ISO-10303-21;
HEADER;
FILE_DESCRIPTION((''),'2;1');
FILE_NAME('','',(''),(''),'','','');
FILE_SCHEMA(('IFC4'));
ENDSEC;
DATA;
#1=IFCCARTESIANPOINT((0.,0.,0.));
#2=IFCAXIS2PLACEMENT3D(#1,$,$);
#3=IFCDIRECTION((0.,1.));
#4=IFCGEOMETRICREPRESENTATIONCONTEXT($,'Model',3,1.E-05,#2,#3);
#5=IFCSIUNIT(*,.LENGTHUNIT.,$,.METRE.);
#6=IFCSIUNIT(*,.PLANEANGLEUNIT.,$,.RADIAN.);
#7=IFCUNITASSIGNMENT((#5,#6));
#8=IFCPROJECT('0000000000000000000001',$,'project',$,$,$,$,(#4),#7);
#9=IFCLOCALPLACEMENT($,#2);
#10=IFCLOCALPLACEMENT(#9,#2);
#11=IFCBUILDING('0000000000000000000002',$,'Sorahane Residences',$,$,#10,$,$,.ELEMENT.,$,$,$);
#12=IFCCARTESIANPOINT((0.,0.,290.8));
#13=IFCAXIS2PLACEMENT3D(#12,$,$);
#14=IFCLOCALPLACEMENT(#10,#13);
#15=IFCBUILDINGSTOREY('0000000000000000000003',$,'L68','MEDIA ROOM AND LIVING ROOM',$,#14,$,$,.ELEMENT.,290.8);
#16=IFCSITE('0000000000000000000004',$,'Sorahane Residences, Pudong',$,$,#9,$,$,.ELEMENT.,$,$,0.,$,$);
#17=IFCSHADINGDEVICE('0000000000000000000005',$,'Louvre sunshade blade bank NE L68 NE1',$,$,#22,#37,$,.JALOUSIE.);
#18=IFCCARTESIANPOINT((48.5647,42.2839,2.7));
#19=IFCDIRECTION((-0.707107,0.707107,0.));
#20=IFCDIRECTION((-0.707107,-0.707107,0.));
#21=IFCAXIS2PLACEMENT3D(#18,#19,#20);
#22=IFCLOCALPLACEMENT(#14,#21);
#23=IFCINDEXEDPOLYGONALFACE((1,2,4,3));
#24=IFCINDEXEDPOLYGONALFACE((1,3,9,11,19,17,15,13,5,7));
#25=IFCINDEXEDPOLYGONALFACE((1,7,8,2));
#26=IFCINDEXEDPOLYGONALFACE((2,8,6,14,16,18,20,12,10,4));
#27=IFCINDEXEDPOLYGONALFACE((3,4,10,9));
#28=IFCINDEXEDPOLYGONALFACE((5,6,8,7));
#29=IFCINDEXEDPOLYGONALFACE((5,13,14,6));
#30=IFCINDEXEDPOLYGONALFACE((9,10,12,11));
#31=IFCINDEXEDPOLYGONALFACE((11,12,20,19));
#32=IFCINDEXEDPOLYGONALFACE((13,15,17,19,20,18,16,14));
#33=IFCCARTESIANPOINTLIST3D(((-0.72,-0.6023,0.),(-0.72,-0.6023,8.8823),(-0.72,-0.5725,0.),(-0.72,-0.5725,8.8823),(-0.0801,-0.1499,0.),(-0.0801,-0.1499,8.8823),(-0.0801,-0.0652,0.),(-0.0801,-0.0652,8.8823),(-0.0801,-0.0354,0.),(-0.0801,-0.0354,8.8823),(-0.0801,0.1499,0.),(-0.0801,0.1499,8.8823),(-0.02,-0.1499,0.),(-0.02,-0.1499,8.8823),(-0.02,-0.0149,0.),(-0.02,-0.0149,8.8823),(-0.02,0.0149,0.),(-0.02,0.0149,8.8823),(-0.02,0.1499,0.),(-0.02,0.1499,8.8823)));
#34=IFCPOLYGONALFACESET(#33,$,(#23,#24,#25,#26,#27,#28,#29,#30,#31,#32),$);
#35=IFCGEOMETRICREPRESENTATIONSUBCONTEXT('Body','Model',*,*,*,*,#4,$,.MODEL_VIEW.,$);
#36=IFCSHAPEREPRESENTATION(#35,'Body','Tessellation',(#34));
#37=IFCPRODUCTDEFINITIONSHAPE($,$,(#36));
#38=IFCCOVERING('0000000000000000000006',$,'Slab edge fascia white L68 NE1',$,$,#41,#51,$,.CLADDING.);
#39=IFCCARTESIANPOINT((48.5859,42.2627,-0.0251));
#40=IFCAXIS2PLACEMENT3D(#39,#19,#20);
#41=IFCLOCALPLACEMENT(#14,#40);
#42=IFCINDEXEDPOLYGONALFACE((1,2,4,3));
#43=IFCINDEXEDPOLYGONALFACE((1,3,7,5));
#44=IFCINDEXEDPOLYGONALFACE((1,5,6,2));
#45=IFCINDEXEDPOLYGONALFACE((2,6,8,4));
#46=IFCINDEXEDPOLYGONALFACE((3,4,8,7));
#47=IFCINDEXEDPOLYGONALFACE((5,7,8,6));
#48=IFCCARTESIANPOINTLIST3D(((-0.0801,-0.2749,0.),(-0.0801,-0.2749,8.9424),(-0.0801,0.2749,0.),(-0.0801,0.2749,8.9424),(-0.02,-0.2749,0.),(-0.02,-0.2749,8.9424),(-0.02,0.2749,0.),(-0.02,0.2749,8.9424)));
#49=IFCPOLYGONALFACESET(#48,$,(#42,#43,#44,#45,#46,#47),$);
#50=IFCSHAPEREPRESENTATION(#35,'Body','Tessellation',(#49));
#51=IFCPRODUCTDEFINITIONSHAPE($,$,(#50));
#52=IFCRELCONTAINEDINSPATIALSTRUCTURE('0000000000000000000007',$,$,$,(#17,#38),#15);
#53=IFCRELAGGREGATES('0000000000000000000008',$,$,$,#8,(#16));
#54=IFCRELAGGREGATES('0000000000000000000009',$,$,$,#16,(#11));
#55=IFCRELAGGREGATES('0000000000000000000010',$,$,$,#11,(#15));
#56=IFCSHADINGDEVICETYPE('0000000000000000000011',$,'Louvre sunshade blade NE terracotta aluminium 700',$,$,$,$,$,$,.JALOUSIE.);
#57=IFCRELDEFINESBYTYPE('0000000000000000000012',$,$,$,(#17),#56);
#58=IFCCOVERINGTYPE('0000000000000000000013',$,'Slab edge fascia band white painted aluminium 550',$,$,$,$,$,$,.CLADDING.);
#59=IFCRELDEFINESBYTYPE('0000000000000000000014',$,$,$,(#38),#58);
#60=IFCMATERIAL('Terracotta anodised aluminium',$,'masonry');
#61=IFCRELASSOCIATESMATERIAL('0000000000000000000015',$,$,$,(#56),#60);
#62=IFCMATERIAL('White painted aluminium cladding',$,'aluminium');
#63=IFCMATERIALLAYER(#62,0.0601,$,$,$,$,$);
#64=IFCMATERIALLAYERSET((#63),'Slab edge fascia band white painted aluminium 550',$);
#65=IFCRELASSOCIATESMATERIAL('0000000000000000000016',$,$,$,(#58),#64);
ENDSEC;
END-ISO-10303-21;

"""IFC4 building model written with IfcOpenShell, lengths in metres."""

from ifc_helpers import new_model, si_unit, direction, frame, origin, place, context, subcontext, project, spatial, polyline, outline, extrude, material, layer, layer_set, type_object, element, save


model = new_model("IFC4")

# Units and contexts
model_context = context("Model", 3, precision=1e-05, world=origin(), true_north=direction((0.0, 1.0)))
body_context = subcontext(model_context, "Body", "Model", "MODEL_VIEW")
ifc_project = project(units=[si_unit("LENGTHUNIT", "METRE"), si_unit("PLANEANGLEUNIT", "RADIAN")], contexts=[model_context])

# Site, building, storey
site_placement = place(None, origin())
site = spatial("IfcSite", under=ifc_project, at=site_placement, Name="Sorahane Residences, Pudong", CompositionType="ELEMENT", RefElevation=0.0)
building_placement = place(site_placement, origin())
building = spatial("IfcBuilding", under=site, at=building_placement, Name="Sorahane Residences", CompositionType="ELEMENT")
storey_placement = place(building_placement, frame((0.0, 0.0, 290.8)))
storey = spatial("IfcBuildingStorey", under=building, at=storey_placement, Name="L68", Description="MEDIA ROOM AND LIVING ROOM", CompositionType="ELEMENT", Elevation=290.8)

# Shading device
ifc_material_1 = material(Name="Terracotta anodised aluminium", Category="masonry")
shading_device_type = type_object("IfcShadingDeviceType", Name="Louvre sunshade blade NE terracotta aluminium 700", PredefinedType="JALOUSIE", material=ifc_material_1)
shading_device_placement = place(storey_placement, frame((48.5647, 42.2839, 2.7), z_axis=(-0.707107, 0.707107, 0.0), x_axis=(-0.707107, -0.707107, 0.0)))
element("IfcShadingDevice", 1, at=shading_device_placement, inside=storey, type_object=shading_device_type, Name="Louvre sunshade blade bank NE L68 NE1", PredefinedType="JALOUSIE", context=body_context, shape_type="SweptSolid", body=[
    extrude(outline(polyline([(-0.72, -0.5725), (-0.72, -0.6023), (-0.0801, -0.0652), (-0.0801, -0.1499), (-0.02, -0.1499), (-0.02, -0.0149), (-0.02, 0.0149), (-0.02, 0.1499), (-0.0801, 0.1499), (-0.0801, -0.0354), (-0.72, -0.5725)])), origin(), (0.0, 0.0, 1.0), 8.8823),
])

# Covering
ifc_material_2 = material(Name="White painted aluminium cladding", Category="aluminium")
ifc_layer_1 = layer(ifc_material_2, 0.0601)
ifc_layer_set_1 = layer_set([ifc_layer_1], Name="Slab edge fascia band white painted aluminium 550")
covering_type = type_object("IfcCoveringType", Name="Slab edge fascia band white painted aluminium 550", PredefinedType="CLADDING", material=ifc_layer_set_1)
covering_placement = place(storey_placement, frame((48.5859, 42.2627, -0.0251), z_axis=(-0.707107, 0.707107, 0.0), x_axis=(-0.707107, -0.707107, 0.0)))
element("IfcCovering", 2, at=covering_placement, inside=storey, type_object=covering_type, Name="Slab edge fascia white L68 NE1", PredefinedType="CLADDING", context=body_context, shape_type="SweptSolid", body=[
    extrude(outline(polyline([(-0.02, 0.2749), (-0.0801, 0.2749), (-0.0801, -0.2749), (-0.02, -0.2749), (-0.02, 0.2749)])), origin(), (0.0, 0.0, 1.0), 8.9424),
])

save(model, "model.ifc")
